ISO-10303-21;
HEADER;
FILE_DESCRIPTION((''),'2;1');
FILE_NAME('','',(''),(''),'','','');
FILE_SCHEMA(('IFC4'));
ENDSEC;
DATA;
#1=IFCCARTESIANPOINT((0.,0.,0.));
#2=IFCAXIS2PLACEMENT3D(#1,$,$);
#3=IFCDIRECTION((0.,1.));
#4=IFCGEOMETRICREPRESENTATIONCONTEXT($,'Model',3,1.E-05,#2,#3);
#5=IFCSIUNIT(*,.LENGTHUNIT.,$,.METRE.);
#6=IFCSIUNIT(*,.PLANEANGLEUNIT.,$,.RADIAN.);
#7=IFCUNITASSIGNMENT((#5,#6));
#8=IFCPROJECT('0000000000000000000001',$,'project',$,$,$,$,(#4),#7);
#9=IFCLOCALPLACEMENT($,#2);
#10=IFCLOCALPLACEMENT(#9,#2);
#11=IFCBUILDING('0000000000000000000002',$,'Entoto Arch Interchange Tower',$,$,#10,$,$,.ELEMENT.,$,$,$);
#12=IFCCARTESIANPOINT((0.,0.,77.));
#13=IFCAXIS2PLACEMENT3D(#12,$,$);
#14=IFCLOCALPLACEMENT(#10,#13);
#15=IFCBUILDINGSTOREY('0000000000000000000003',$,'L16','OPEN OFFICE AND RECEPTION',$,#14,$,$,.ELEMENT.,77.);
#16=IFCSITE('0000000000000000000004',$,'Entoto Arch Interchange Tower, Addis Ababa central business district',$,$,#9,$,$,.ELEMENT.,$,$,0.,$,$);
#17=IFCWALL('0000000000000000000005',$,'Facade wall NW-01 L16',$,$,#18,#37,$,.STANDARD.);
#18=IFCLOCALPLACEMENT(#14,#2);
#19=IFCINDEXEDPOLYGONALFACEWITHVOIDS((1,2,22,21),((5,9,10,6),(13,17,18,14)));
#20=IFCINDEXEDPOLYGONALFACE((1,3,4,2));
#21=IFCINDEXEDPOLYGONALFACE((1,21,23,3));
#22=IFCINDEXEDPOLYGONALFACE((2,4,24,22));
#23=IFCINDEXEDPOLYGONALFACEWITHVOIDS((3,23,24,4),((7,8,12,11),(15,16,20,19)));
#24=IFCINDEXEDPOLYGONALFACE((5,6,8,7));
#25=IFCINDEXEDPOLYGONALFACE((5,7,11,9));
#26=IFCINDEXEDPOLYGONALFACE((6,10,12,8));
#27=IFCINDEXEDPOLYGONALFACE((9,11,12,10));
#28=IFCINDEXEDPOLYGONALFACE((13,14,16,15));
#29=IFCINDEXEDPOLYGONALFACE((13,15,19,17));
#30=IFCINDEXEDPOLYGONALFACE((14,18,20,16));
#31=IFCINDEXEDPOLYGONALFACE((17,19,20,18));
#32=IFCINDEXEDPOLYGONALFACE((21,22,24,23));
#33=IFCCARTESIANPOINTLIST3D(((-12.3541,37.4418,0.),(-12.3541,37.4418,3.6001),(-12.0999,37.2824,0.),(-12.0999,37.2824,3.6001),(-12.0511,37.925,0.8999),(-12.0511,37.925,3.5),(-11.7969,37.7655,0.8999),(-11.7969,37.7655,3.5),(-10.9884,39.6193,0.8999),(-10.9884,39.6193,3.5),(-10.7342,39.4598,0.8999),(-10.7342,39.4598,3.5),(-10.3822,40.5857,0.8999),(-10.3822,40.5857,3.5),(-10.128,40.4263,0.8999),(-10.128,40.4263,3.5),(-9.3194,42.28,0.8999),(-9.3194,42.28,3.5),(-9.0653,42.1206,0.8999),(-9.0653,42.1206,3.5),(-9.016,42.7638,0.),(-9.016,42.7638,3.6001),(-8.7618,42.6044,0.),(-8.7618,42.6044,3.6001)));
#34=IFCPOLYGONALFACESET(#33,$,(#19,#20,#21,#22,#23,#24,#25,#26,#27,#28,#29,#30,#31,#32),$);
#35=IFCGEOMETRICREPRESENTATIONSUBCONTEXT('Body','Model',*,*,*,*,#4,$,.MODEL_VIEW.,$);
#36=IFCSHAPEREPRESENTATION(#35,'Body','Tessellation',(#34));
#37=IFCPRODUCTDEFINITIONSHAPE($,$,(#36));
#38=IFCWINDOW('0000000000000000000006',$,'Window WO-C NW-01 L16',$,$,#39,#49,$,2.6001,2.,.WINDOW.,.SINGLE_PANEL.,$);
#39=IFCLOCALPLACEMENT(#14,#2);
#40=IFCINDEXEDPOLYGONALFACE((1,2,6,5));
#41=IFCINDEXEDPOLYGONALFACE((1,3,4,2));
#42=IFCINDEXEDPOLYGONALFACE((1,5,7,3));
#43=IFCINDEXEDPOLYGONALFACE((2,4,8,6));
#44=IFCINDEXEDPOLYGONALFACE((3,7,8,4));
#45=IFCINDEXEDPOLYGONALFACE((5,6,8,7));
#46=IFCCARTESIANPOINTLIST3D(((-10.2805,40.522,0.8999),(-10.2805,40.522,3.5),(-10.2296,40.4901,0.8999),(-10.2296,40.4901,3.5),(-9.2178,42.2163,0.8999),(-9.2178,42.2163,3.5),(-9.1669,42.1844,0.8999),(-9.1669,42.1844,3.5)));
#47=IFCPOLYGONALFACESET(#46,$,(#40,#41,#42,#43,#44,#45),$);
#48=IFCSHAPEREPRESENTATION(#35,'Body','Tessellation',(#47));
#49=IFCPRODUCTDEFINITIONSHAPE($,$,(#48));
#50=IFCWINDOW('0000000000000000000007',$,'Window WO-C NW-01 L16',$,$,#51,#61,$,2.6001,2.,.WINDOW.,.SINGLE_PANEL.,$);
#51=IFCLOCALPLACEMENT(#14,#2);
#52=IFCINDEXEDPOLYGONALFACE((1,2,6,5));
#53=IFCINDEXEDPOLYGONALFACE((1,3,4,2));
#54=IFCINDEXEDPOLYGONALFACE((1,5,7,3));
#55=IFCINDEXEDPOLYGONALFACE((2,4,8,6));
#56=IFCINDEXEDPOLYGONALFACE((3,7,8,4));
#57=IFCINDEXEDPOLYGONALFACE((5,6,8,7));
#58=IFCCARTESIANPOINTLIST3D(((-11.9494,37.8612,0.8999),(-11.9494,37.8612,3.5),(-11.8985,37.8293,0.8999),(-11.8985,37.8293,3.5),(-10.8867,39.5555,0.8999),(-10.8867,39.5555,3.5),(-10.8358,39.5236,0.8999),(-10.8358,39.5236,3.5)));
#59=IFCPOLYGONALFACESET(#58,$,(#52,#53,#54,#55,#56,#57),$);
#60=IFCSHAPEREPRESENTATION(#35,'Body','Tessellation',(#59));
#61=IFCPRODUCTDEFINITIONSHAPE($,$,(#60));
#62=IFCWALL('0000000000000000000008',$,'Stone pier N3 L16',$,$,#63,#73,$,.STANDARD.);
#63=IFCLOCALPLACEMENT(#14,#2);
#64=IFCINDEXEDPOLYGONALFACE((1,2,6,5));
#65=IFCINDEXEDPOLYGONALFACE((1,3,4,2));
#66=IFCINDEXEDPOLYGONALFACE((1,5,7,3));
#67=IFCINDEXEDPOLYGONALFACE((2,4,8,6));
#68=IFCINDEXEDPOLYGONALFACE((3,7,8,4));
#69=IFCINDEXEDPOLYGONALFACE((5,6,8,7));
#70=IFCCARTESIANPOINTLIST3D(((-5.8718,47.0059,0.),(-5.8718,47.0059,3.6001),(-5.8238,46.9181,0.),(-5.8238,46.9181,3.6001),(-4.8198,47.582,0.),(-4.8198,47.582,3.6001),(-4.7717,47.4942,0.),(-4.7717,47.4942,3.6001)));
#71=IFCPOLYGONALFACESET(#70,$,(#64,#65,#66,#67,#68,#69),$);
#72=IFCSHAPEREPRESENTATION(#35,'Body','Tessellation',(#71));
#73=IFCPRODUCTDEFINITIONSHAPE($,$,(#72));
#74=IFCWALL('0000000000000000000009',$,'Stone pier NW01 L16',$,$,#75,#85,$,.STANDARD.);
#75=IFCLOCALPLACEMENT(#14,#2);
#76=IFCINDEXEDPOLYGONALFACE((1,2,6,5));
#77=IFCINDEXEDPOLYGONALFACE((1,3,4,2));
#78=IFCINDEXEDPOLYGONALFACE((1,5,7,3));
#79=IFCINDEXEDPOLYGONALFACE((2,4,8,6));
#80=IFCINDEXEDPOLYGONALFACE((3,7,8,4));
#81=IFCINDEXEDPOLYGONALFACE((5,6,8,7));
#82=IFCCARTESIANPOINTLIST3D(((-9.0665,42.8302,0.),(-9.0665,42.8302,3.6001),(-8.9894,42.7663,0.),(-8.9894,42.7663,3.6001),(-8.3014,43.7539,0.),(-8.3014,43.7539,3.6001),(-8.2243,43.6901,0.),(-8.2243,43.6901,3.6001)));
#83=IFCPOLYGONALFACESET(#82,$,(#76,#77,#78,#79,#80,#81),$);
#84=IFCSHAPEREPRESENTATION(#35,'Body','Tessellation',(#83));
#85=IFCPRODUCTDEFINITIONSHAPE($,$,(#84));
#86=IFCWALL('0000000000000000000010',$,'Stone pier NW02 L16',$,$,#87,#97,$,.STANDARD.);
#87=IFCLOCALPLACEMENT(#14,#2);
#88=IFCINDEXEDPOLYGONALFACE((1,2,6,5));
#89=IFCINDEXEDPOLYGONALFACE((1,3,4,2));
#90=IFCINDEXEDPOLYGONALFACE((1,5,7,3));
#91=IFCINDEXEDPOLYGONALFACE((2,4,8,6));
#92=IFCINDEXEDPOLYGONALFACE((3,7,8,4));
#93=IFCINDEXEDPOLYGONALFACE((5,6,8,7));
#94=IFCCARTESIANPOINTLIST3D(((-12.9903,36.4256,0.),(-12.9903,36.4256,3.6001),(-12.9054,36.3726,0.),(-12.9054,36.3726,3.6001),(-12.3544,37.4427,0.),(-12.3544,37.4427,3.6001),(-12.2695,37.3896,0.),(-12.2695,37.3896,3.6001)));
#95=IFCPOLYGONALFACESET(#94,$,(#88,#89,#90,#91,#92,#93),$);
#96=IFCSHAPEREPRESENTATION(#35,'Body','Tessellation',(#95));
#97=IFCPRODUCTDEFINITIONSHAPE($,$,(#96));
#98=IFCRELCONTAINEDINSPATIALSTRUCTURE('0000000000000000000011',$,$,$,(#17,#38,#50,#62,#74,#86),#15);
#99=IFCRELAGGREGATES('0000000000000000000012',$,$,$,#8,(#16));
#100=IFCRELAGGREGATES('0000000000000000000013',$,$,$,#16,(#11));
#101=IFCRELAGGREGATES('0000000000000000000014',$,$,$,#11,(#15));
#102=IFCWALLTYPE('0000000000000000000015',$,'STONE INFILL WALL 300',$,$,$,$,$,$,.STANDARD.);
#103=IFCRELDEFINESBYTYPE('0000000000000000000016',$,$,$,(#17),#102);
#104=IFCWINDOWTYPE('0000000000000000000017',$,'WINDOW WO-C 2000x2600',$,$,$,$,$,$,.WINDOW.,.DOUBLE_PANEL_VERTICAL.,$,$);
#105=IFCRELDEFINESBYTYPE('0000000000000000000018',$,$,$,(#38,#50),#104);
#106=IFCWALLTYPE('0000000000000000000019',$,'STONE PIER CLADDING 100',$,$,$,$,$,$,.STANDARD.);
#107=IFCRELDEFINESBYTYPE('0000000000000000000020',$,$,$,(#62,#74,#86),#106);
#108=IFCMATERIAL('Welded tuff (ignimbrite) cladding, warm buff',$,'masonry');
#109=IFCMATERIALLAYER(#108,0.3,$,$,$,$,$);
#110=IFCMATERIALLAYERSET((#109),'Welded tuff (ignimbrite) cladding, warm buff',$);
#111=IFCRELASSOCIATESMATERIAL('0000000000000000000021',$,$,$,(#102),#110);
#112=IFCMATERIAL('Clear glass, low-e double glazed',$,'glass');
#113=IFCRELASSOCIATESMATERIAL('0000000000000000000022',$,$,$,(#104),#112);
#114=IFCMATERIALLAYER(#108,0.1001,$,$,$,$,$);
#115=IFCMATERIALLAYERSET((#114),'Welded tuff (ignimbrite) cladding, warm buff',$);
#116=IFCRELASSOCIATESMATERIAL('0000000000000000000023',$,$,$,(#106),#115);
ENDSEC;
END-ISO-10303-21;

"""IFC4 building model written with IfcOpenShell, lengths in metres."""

from ifc_helpers import new_model, si_unit, direction, frame, frame_2d, origin, place, context, subcontext, project, spatial, rectangle, extrude, material, layer, layer_set, type_object, element, fill, save


model = new_model("IFC4")

# Units and contexts
model_context = context("Model", 3, precision=1e-05, world=origin(), true_north=direction((0.0, 1.0)))
body_context = subcontext(model_context, "Body", "Model", "MODEL_VIEW")
ifc_project = project(units=[si_unit("LENGTHUNIT", "METRE"), si_unit("PLANEANGLEUNIT", "RADIAN")], contexts=[model_context])

# Site, building, storey
site_placement = place(None, origin())
site = spatial("IfcSite", under=ifc_project, at=site_placement, Name="Entoto Arch Interchange Tower, Addis Ababa central business district", CompositionType="ELEMENT", RefElevation=0.0)
building_placement = place(site_placement, origin())
building = spatial("IfcBuilding", under=site, at=building_placement, Name="Entoto Arch Interchange Tower", CompositionType="ELEMENT")
storey_placement = place(building_placement, frame((0.0, 0.0, 77.0)))
storey = spatial("IfcBuildingStorey", under=building, at=storey_placement, Name="L16", Description="OPEN OFFICE AND RECEPTION", CompositionType="ELEMENT", Elevation=77.0)

# Shared definitions
ifc_material_1 = material(Name="Welded tuff (ignimbrite) cladding, warm buff", Category="masonry")
ifc_layer_1 = layer(ifc_material_1, 0.3)
ifc_layer_set_1 = layer_set([ifc_layer_1], Name="Welded tuff (ignimbrite) cladding, warm buff")
wall_type_1 = type_object("IfcWallType", Name="STONE INFILL WALL 300", PredefinedType="STANDARD", material=ifc_layer_set_1)
ifc_material_2 = material(Name="Clear glass, low-e double glazed", Category="glass")

# Wall, openings, windows
wall_1_placement = place(storey_placement, frame((-8.8889, 42.6841, 0.0), z_axis=(0.0, 0.0, 1.0), x_axis=(-0.531357, -0.847148, 0.0)))
wall_1 = element("IfcWall", 1, at=wall_1_placement, inside=storey, type_object=wall_type_1, Name="Facade wall NW-01 L16", PredefinedType="STANDARD", context=body_context, shape_type="SweptSolid", body=[
    extrude(rectangle(XDim=6.2822, YDim=0.3, at=frame_2d((3.1411, 0.0))), origin(), (0.0, 0.0, 1.0), 3.6001),
])
opening_1_placement = place(wall_1_placement, frame((0.571, 0.0, 0.8999)))
opening_1 = element("IfcOpeningElement", 2, at=opening_1_placement, cuts=wall_1, PredefinedType="OPENING", context=body_context, shape_type="SweptSolid", body=[
    extrude(rectangle(XDim=2.0, YDim=2.6001, at=frame_2d((1.0, 1.3))), frame((0.0, 0.1602, 0.0), z_axis=(0.0, -1.0, 0.0), x_axis=(1.0, 0.0, 0.0)), (0.0, 0.0, 1.0), 0.3201),
])
opening_2_placement = place(wall_1_placement, frame((3.7119, 0.0, 0.8999)))
opening_2 = element("IfcOpeningElement", 3, at=opening_2_placement, cuts=wall_1, PredefinedType="OPENING", context=body_context, shape_type="SweptSolid", body=[
    extrude(rectangle(XDim=2.0, YDim=2.6001, at=frame_2d((1.0, 1.3))), frame((0.0, 0.1602, 0.0), z_axis=(0.0, -1.0, 0.0), x_axis=(1.0, 0.0, 0.0)), (0.0, 0.0, 1.0), 0.3201),
])
window_type_1 = type_object("IfcWindowType", Name="WINDOW WO-C 2000x2600", PartitioningType="DOUBLE_PANEL_VERTICAL", PredefinedType="WINDOW", material=ifc_material_2)
window_1_placement = place(opening_1_placement, origin())
window_1 = element("IfcWindow", 4, at=window_1_placement, inside=storey, type_object=window_type_1, Name="Window WO-C NW-01 L16", OverallHeight=2.6001, OverallWidth=2.0, PartitioningType="SINGLE_PANEL", PredefinedType="WINDOW", context=body_context, shape_type="SweptSolid", body=[
    extrude(rectangle(XDim=2.0, YDim=2.6001, at=frame_2d((1.0, 1.3))), frame((0.0, 0.03, 0.0), z_axis=(0.0, -1.0, 0.0), x_axis=(1.0, 0.0, 0.0)), (0.0, 0.0, 1.0), 0.0601),
])
fill(opening_1, window_1)
window_2_placement = place(opening_2_placement, origin())
window_2 = element("IfcWindow", 5, at=window_2_placement, inside=storey, type_object=window_type_1, Name="Window WO-C NW-01 L16", OverallHeight=2.6001, OverallWidth=2.0, PartitioningType="SINGLE_PANEL", PredefinedType="WINDOW", context=body_context, shape_type="SweptSolid", body=[
    extrude(rectangle(XDim=2.0, YDim=2.6001, at=frame_2d((1.0, 1.3))), frame((0.0, 0.03, 0.0), z_axis=(0.0, -1.0, 0.0), x_axis=(1.0, 0.0, 0.0)), (0.0, 0.0, 1.0), 0.0601),
])
fill(opening_2, window_2)

# Walls
ifc_layer_2 = layer(ifc_material_1, 0.1001)
ifc_layer_set_2 = layer_set([ifc_layer_2], Name="Welded tuff (ignimbrite) cladding, warm buff")
wall_type_2 = type_object("IfcWallType", Name="STONE PIER CLADDING 100", PredefinedType="STANDARD", material=ifc_layer_set_2)
for number, where, z_axis, x_axis, name in (
    (6, (-4.7959, 47.5381, 0.0), (0.0, 0.0, 1.0), (-0.87707, -0.480363, 0.0), "Stone pier N3 L16"),
    (7, (-8.2629, 43.7219, 0.0), (0.0, 0.0, 1.0), (-0.637859, -0.770153, 0.0), "Stone pier NW01 L16"),
    (8, (-12.312, 37.416, 0.0), (0.0, 0.0, 1.0), (-0.530182, -0.847884, 0.0), "Stone pier NW02 L16"),
):
    element("IfcWall", number, at=place(storey_placement, frame(where, z_axis=z_axis, x_axis=x_axis)), inside=storey, type_object=wall_type_2, Name=name, PredefinedType="STANDARD", context=body_context, shape_type="SweptSolid", body=[
        extrude(rectangle(XDim=1.1995, YDim=0.1001, at=frame_2d((0.5996, 0.0))), origin(), (0.0, 0.0, 1.0), 3.6001),
    ])

save(model, "model.ifc")
